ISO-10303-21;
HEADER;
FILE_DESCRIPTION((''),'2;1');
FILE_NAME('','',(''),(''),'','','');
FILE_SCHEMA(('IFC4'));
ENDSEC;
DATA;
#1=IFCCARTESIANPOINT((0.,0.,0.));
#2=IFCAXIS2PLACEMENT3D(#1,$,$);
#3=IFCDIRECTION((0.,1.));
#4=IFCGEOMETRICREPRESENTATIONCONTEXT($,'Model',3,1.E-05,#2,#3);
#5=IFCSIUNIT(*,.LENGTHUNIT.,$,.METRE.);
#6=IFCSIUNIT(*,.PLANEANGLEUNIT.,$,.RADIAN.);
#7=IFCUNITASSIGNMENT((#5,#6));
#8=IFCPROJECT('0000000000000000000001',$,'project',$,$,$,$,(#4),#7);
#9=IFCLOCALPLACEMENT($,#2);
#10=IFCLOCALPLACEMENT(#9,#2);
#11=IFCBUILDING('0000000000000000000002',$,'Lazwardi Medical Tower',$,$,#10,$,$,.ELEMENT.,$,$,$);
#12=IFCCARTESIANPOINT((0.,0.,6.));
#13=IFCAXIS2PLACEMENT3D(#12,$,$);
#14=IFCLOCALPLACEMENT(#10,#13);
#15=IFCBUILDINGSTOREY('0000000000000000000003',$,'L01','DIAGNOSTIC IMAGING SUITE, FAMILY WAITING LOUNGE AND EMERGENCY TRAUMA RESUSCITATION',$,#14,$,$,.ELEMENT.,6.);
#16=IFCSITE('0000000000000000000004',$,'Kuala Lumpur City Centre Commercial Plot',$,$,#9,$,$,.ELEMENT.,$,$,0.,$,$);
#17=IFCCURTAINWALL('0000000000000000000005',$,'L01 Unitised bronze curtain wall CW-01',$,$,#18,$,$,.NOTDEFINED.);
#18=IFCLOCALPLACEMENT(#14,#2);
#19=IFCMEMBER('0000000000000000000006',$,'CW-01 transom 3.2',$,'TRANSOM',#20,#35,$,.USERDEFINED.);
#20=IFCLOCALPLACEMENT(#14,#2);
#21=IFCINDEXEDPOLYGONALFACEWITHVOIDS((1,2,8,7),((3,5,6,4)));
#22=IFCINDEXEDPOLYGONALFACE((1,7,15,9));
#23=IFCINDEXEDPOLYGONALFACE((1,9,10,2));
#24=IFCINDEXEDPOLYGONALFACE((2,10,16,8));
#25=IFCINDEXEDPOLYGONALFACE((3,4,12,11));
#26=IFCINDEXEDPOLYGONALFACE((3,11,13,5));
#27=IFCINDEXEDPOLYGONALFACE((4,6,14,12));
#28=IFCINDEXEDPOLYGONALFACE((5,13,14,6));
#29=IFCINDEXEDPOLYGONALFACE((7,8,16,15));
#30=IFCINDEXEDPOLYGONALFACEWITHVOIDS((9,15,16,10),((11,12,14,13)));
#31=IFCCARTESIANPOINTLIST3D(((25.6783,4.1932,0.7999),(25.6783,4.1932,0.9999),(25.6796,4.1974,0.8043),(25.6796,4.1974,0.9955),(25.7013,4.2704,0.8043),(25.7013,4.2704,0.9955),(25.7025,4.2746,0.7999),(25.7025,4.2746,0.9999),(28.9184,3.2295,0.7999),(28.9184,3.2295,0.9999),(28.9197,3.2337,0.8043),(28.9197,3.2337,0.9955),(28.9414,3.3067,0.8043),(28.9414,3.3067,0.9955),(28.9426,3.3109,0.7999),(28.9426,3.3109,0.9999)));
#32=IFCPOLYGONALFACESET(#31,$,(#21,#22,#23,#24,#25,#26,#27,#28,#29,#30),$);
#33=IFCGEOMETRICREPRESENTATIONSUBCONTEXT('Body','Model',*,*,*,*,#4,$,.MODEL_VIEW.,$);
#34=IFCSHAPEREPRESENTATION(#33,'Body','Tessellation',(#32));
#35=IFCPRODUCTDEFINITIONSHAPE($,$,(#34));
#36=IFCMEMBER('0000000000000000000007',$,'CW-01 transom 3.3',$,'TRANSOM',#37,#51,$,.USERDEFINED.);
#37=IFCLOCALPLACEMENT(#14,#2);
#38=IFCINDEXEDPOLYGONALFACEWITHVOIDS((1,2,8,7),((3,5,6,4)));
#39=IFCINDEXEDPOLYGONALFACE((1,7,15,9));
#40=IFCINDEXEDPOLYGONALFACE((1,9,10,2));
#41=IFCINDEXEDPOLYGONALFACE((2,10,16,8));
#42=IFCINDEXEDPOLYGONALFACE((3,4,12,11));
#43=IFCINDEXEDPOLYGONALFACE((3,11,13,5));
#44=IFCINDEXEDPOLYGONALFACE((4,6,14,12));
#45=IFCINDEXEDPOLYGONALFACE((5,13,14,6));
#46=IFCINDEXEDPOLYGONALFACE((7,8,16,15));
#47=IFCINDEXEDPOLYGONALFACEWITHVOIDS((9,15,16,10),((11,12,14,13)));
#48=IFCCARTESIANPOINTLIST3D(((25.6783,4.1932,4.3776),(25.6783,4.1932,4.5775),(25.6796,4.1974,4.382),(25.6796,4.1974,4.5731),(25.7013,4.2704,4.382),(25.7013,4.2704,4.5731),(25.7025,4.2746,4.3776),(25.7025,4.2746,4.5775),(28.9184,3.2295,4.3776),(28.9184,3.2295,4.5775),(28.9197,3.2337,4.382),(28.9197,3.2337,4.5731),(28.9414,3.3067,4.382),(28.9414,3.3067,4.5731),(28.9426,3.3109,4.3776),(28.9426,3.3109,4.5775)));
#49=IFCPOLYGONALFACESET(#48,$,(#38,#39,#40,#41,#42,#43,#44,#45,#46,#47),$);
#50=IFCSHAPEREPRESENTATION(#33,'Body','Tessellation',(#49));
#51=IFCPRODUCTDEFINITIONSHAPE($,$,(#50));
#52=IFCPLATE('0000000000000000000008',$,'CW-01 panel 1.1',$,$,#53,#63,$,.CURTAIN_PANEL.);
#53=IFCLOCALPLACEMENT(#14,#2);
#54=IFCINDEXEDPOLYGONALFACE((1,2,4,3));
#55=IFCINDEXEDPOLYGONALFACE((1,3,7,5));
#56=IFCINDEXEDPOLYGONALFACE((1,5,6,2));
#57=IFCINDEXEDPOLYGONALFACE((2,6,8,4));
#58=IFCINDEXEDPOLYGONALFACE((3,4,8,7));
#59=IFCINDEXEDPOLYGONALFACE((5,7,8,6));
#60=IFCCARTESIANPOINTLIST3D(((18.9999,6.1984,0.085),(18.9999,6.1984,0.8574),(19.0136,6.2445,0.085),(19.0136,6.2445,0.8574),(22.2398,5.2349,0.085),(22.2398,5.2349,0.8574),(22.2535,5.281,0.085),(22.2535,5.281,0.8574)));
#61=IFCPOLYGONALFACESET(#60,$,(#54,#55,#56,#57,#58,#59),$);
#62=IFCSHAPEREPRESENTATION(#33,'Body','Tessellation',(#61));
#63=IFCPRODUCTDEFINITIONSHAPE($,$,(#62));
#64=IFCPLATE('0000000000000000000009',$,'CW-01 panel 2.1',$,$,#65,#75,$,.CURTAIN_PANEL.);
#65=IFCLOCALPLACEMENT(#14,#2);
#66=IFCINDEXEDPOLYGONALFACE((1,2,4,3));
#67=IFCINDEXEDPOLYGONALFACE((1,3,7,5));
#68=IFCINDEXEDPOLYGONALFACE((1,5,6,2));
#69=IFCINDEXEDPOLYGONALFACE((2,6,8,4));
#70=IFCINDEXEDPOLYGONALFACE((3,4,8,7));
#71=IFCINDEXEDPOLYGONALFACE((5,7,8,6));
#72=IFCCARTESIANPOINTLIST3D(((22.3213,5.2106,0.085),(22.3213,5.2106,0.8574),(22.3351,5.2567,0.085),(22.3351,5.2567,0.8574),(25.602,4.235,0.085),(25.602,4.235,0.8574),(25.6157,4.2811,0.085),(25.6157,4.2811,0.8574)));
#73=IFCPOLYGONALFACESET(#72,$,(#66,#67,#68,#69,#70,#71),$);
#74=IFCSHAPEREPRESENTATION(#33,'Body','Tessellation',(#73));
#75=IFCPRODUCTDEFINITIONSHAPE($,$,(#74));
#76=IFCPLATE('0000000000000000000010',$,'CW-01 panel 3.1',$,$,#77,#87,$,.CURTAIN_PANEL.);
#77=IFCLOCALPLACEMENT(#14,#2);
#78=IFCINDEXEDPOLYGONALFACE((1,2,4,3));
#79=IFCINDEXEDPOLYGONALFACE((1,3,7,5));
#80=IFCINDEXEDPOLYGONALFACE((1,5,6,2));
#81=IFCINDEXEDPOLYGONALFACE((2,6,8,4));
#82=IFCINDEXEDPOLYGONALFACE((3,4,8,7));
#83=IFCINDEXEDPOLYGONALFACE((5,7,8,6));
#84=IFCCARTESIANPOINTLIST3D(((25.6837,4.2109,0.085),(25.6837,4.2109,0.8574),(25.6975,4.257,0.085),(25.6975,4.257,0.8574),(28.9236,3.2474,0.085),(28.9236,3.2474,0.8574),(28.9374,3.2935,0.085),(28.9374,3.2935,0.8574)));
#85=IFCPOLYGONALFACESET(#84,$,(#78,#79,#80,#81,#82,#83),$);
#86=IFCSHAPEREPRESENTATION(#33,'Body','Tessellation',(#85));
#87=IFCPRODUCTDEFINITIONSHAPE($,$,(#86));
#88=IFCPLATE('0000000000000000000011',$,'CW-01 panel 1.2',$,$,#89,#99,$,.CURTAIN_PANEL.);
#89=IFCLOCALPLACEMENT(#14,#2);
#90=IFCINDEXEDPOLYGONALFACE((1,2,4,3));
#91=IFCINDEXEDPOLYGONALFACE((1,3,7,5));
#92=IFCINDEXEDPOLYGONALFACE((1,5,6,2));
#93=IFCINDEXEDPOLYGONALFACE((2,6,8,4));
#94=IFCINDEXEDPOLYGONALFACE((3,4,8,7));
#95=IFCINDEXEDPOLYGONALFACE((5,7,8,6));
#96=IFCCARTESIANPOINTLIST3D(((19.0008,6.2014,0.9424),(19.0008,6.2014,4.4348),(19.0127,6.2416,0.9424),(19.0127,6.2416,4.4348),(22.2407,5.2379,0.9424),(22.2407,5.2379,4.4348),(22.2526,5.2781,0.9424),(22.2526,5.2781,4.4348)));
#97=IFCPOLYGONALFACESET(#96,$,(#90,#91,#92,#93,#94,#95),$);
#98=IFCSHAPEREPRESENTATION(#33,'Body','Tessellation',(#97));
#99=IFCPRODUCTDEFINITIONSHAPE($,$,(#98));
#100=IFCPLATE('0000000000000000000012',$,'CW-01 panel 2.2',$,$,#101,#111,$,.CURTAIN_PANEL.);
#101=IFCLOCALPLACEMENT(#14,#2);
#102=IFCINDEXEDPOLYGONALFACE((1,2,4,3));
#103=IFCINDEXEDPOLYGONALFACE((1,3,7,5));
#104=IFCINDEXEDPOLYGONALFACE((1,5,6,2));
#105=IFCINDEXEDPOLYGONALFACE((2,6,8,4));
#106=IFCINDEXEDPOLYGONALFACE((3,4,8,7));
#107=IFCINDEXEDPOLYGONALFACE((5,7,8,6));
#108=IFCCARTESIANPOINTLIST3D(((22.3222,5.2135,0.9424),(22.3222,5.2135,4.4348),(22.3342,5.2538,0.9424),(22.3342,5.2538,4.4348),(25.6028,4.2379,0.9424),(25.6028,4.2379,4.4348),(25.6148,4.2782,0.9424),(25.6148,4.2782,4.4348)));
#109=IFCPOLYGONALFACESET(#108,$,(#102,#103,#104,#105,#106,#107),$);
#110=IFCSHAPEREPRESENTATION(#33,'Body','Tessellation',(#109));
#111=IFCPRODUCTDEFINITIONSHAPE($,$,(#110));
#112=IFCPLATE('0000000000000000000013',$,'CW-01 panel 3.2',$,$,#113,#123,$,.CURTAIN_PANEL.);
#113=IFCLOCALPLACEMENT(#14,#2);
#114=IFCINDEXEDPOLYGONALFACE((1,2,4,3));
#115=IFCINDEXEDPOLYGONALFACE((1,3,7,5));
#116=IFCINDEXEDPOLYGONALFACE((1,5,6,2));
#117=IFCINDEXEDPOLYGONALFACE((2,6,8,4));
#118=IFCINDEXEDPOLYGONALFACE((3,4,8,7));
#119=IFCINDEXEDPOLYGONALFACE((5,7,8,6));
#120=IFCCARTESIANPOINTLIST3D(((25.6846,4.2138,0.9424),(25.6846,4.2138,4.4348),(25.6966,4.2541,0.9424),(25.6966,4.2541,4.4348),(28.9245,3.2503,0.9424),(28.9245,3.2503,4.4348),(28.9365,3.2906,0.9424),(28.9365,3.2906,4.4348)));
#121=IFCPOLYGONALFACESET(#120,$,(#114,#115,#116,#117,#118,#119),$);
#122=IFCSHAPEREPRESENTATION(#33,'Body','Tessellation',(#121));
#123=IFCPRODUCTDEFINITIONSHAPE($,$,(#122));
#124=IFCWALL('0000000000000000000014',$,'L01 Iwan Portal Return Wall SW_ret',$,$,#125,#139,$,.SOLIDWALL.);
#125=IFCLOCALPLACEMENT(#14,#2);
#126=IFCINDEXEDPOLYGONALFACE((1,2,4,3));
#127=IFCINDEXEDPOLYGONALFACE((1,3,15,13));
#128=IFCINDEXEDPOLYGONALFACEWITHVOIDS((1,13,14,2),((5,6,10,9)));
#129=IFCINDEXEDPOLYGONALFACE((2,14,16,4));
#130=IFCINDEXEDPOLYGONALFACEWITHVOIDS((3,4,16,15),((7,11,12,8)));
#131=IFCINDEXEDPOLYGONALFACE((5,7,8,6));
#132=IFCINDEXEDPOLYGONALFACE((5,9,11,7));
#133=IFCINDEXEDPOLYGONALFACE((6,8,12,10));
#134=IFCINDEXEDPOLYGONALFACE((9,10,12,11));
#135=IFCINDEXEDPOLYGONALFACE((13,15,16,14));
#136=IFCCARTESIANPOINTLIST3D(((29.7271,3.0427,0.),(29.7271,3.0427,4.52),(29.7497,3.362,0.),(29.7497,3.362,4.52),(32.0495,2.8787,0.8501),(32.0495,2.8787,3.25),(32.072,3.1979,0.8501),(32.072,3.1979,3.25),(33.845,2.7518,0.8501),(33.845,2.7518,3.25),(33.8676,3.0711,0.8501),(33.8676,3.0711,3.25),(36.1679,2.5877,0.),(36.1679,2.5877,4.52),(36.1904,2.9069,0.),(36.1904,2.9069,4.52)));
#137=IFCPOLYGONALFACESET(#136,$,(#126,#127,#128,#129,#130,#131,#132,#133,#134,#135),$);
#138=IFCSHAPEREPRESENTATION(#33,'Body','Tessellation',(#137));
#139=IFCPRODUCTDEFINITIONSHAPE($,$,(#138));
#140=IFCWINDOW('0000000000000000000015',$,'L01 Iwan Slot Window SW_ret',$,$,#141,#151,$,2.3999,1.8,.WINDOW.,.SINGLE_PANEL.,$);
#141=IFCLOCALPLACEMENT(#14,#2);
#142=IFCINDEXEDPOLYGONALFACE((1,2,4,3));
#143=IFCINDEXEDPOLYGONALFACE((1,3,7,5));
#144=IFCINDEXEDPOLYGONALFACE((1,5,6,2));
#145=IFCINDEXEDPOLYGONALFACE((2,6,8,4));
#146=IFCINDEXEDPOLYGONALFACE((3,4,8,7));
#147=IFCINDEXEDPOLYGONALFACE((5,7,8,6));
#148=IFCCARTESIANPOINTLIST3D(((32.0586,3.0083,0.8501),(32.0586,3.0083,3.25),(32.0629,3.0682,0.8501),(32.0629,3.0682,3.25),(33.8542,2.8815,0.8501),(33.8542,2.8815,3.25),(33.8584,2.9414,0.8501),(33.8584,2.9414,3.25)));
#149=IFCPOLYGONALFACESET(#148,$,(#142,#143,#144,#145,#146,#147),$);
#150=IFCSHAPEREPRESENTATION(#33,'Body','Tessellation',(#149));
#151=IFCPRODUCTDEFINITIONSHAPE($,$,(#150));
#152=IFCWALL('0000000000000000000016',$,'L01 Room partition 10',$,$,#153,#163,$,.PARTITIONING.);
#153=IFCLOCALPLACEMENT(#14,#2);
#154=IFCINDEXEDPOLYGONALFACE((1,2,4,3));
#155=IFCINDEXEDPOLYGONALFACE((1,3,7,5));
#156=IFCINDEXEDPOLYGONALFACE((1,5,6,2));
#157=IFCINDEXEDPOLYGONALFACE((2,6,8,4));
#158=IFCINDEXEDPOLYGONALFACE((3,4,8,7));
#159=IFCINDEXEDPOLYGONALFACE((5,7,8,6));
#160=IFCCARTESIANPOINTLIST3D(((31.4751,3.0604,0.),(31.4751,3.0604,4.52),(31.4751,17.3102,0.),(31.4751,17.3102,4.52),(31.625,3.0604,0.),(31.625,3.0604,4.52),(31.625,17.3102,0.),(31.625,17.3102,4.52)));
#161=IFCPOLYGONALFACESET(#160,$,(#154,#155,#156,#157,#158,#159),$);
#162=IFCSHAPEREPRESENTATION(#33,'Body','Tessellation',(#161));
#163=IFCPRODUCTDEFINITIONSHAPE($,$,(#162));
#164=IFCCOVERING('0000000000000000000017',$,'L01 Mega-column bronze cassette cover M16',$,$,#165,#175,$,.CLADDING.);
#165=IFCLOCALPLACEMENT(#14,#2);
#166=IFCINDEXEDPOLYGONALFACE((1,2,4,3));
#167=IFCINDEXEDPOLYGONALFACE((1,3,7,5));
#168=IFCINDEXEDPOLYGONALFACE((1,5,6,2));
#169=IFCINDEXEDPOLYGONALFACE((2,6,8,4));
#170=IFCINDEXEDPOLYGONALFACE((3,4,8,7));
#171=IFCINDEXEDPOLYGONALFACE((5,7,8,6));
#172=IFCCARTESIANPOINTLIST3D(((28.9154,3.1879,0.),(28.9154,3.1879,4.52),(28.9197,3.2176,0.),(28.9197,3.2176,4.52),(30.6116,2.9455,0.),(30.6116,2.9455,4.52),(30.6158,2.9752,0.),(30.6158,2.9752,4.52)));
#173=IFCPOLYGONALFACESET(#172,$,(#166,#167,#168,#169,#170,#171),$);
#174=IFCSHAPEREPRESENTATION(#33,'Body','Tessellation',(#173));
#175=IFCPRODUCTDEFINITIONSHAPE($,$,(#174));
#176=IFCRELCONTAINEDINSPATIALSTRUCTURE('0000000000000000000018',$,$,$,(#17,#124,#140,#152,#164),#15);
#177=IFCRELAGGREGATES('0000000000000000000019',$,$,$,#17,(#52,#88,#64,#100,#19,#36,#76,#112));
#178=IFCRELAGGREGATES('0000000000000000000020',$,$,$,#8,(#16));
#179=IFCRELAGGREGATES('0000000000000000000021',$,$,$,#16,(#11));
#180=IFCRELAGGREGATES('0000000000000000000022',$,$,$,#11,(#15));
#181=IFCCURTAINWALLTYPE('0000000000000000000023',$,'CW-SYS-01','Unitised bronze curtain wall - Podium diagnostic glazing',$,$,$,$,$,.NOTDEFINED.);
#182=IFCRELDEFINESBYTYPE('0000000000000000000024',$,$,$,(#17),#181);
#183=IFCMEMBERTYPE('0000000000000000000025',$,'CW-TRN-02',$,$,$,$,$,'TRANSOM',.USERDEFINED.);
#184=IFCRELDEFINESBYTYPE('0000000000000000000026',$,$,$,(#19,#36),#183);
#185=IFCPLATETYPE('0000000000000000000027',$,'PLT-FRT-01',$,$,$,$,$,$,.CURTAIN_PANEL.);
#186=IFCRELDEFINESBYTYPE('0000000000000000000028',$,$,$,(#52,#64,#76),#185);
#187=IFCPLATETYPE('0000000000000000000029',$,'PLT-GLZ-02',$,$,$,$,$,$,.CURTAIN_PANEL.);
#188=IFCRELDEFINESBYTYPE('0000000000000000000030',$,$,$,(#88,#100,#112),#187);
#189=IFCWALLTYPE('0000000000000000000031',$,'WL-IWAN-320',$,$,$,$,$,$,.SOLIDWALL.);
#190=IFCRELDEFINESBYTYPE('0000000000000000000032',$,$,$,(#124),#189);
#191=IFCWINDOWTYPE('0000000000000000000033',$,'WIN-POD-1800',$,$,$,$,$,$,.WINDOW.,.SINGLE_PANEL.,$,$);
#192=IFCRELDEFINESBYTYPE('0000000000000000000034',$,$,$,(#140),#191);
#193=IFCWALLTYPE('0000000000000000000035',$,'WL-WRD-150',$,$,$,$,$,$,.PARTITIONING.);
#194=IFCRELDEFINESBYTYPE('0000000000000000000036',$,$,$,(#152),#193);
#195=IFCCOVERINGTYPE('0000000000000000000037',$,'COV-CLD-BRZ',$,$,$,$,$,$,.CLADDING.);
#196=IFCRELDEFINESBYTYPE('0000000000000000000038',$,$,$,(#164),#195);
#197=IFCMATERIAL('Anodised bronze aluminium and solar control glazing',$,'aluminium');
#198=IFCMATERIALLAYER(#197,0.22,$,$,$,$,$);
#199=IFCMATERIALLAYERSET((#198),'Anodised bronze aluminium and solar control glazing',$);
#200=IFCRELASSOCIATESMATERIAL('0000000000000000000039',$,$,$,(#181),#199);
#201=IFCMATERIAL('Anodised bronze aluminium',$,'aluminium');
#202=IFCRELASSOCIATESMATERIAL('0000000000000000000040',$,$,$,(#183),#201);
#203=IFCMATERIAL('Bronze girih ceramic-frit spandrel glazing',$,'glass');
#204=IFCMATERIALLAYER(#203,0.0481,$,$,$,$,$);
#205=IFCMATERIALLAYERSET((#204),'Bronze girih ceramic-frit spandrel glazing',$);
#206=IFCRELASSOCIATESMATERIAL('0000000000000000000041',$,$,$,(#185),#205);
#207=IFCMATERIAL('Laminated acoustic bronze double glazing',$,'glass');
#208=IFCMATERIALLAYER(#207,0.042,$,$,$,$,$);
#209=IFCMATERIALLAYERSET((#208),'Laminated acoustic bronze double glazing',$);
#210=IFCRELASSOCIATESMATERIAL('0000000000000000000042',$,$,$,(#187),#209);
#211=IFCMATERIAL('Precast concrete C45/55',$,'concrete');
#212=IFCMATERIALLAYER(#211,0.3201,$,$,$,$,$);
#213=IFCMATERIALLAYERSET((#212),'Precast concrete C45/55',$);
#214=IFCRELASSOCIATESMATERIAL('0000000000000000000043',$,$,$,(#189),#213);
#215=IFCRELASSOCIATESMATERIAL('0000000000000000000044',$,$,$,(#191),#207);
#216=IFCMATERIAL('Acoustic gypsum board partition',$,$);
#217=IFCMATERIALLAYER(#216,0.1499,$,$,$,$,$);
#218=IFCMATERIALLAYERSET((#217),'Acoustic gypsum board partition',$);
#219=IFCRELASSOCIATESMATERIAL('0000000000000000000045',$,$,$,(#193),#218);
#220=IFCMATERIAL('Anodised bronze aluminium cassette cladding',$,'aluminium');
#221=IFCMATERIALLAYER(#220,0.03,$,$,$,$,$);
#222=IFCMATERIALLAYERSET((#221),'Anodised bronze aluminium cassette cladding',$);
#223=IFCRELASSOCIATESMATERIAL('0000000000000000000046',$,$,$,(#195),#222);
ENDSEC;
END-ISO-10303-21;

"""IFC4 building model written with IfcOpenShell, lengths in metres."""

from ifc_helpers import new_model, si_unit, direction, frame, frame_2d, origin, origin_2d, place, context, subcontext, project, spatial, rectangle, hollow_rectangle, extrude, material, layer, layer_set, material_profile, profile_set, type_object, element, fill, aggregate, save


model = new_model("IFC4")

# Units and contexts
model_context = context("Model", 3, precision=1e-05, world=origin(), true_north=direction((0.0, 1.0)))
body_context = subcontext(model_context, "Body", "Model", "MODEL_VIEW")
ifc_project = project(units=[si_unit("LENGTHUNIT", "METRE"), si_unit("PLANEANGLEUNIT", "RADIAN")], contexts=[model_context])

# Site, building, storey
site_placement = place(None, origin())
site = spatial("IfcSite", under=ifc_project, at=site_placement, Name="Kuala Lumpur City Centre Commercial Plot", CompositionType="ELEMENT", RefElevation=0.0)
building_placement = place(site_placement, origin())
building = spatial("IfcBuilding", under=site, at=building_placement, Name="Lazwardi Medical Tower", CompositionType="ELEMENT")
storey_placement = place(building_placement, frame((0.0, 0.0, 6.0)))
storey = spatial("IfcBuildingStorey", under=building, at=storey_placement, Name="L01", Description="DIAGNOSTIC IMAGING SUITE, FAMILY WAITING LOUNGE AND EMERGENCY TRAUMA RESUSCITATION", CompositionType="ELEMENT", Elevation=6.0)

# Shared definitions
ifc_material_1 = material(Name="Anodised bronze aluminium and solar control glazing", Category="aluminium")
ifc_material_2 = material(Name="Anodised bronze aluminium", Category="aluminium")

# Curtain wall, members, plates
ifc_layer_1 = layer(ifc_material_1, 0.22)
ifc_layer_set_1 = layer_set([ifc_layer_1], Name="Anodised bronze aluminium and solar control glazing")
curtain_wall_type_1 = type_object("IfcCurtainWallType", Name="CW-SYS-01", Description="Unitised bronze curtain wall - Podium diagnostic glazing", PredefinedType="NOTDEFINED", material=ifc_layer_set_1)
curtain_wall_1_placement = place(storey_placement, origin())
curtain_wall_1 = element("IfcCurtainWall", 1, at=curtain_wall_1_placement, inside=storey, type_object=curtain_wall_type_1, Name="L01 Unitised bronze curtain wall CW-01", PredefinedType="NOTDEFINED")
ifc_material_profile_1 = material_profile(ifc_material_2, hollow_rectangle(XDim=0.085, YDim=0.2, WallThickness=0.0044, at=origin_2d()), Name="ALU-TRANSOM 200x85x4.5")
ifc_profile_set_1 = profile_set([ifc_material_profile_1], Name="Anodised bronze aluminium")
member_type_1 = type_object("IfcMemberType", Name="CW-TRN-02", ElementType="TRANSOM", PredefinedType="USERDEFINED", material=ifc_profile_set_1)
member_1_placement = place(storey_placement, frame((25.6904, 4.2339, 0.8999), z_axis=(0.958505, -0.285074, 0.0), x_axis=(0.285074, 0.958505, 0.0)))
member_1 = element("IfcMember", 2, at=member_1_placement, type_object=member_type_1, Name="CW-01 transom 3.2", ObjectType="TRANSOM", PredefinedType="USERDEFINED", context=body_context, shape_type="SweptSolid", body=[
    extrude(hollow_rectangle(XDim=0.085, YDim=0.2, WallThickness=0.0044, at=origin_2d()), origin(), (0.0, 0.0, 1.0), 3.3804),
])
member_2_placement = place(storey_placement, frame((25.6904, 4.2339, 4.4775), z_axis=(0.958505, -0.285074, 0.0), x_axis=(0.285074, 0.958505, 0.0)))
member_2 = element("IfcMember", 3, at=member_2_placement, type_object=member_type_1, Name="CW-01 transom 3.3", ObjectType="TRANSOM", PredefinedType="USERDEFINED", context=body_context, shape_type="SweptSolid", body=[
    extrude(hollow_rectangle(XDim=0.085, YDim=0.2, WallThickness=0.0044, at=origin_2d()), origin(), (0.0, 0.0, 1.0), 3.3804),
])
ifc_material_3 = material(Name="Bronze girih ceramic-frit spandrel glazing", Category="glass")
ifc_layer_2 = layer(ifc_material_3, 0.0481)
ifc_layer_set_2 = layer_set([ifc_layer_2], Name="Bronze girih ceramic-frit spandrel glazing")
plate_type_1 = type_object("IfcPlateType", Name="PLT-FRT-01", PredefinedType="CURTAIN_PANEL", material=ifc_layer_set_2)
plate_1_placement = place(storey_placement, frame((20.6267, 5.7397, 0.085), z_axis=(0.0, 0.0, 1.0), x_axis=(0.958513, -0.285047, 0.0)))
plate_1 = element("IfcPlate", 4, at=plate_1_placement, type_object=plate_type_1, Name="CW-01 panel 1.1", PredefinedType="CURTAIN_PANEL", context=body_context, shape_type="SweptSolid", body=[
    extrude(rectangle(XDim=3.3801, YDim=0.0481, at=origin_2d()), origin(), (0.0, 0.0, 1.0), 0.7725),
])
plate_2_placement = place(storey_placement, frame((23.9685, 4.7458, 0.085), z_axis=(0.0, 0.0, 1.0), x_axis=(0.958513, -0.285047, 0.0)))
plate_2 = element("IfcPlate", 5, at=plate_2_placement, type_object=plate_type_1, Name="CW-01 panel 2.1", PredefinedType="CURTAIN_PANEL", context=body_context, shape_type="SweptSolid", body=[
    extrude(rectangle(XDim=3.4226, YDim=0.0481, at=origin_2d()), origin(), (0.0, 0.0, 1.0), 0.7725),
])
plate_3_placement = place(storey_placement, frame((27.3105, 3.7522, 0.085), z_axis=(0.0, 0.0, 1.0), x_axis=(0.958513, -0.285047, 0.0)))
plate_3 = element("IfcPlate", 6, at=plate_3_placement, type_object=plate_type_1, Name="CW-01 panel 3.1", PredefinedType="CURTAIN_PANEL", context=body_context, shape_type="SweptSolid", body=[
    extrude(rectangle(XDim=3.3801, YDim=0.0481, at=origin_2d()), origin(), (0.0, 0.0, 1.0), 0.7725),
])
ifc_material_4 = material(Name="Laminated acoustic bronze double glazing", Category="glass")
ifc_layer_3 = layer(ifc_material_4, 0.042)
ifc_layer_set_3 = layer_set([ifc_layer_3], Name="Laminated acoustic bronze double glazing")
plate_type_2 = type_object("IfcPlateType", Name="PLT-GLZ-02", PredefinedType="CURTAIN_PANEL", material=ifc_layer_set_3)
plate_4_placement = place(storey_placement, frame((20.6267, 5.7397, 0.9424), z_axis=(0.0, 0.0, 1.0), x_axis=(0.958513, -0.285047, 0.0)))
plate_4 = element("IfcPlate", 7, at=plate_4_placement, type_object=plate_type_2, Name="CW-01 panel 1.2", PredefinedType="CURTAIN_PANEL", context=body_context, shape_type="SweptSolid", body=[
    extrude(rectangle(XDim=3.3801, YDim=0.042, at=origin_2d()), origin(), (0.0, 0.0, 1.0), 3.4924),
])
plate_5_placement = place(storey_placement, frame((23.9685, 4.7458, 0.9424), z_axis=(0.0, 0.0, 1.0), x_axis=(0.958513, -0.285047, 0.0)))
plate_5 = element("IfcPlate", 8, at=plate_5_placement, type_object=plate_type_2, Name="CW-01 panel 2.2", PredefinedType="CURTAIN_PANEL", context=body_context, shape_type="SweptSolid", body=[
    extrude(rectangle(XDim=3.4226, YDim=0.042, at=origin_2d()), origin(), (0.0, 0.0, 1.0), 3.4924),
])
plate_6_placement = place(storey_placement, frame((27.3105, 3.7522, 0.9424), z_axis=(0.0, 0.0, 1.0), x_axis=(0.958513, -0.285047, 0.0)))
plate_6 = element("IfcPlate", 9, at=plate_6_placement, type_object=plate_type_2, Name="CW-01 panel 3.2", PredefinedType="CURTAIN_PANEL", context=body_context, shape_type="SweptSolid", body=[
    extrude(rectangle(XDim=3.3801, YDim=0.042, at=origin_2d()), origin(), (0.0, 0.0, 1.0), 3.4924),
])
aggregate(curtain_wall_1, [plate_1, plate_4, plate_2, plate_5, member_1, member_2, plate_3, plate_6])

# Wall, opening, window
ifc_material_5 = material(Name="Precast concrete C45/55", Category="concrete")
ifc_layer_4 = layer(ifc_material_5, 0.3201)
ifc_layer_set_4 = layer_set([ifc_layer_4], Name="Precast concrete C45/55")
wall_type_1 = type_object("IfcWallType", Name="WL-IWAN-320", PredefinedType="SOLIDWALL", material=ifc_layer_set_4)
wall_1_placement = place(storey_placement, frame((29.7383, 3.2024, 0.0), z_axis=(0.0, 0.0, 1.0), x_axis=(0.997513, -0.070481, 0.0)))
wall_1 = element("IfcWall", 10, at=wall_1_placement, inside=storey, type_object=wall_type_1, Name="L01 Iwan Portal Return Wall SW_ret", PredefinedType="SOLIDWALL", context=body_context, shape_type="SweptSolid", body=[
    extrude(rectangle(XDim=6.4568, YDim=0.3201, at=frame_2d((3.2285, 0.0))), origin(), (0.0, 0.0, 1.0), 4.52),
])
opening_placement = place(wall_1_placement, frame((2.3284, 0.0, 0.8501)))
opening = element("IfcOpeningElement", 11, at=opening_placement, cuts=wall_1, PredefinedType="OPENING", context=body_context, shape_type="SweptSolid", body=[
    extrude(rectangle(XDim=1.8, YDim=2.3999, at=frame_2d((0.8999, 1.2))), frame((0.0, 0.1699, 0.0), z_axis=(0.0, -1.0, 0.0), x_axis=(1.0, 0.0, 0.0)), (0.0, 0.0, 1.0), 0.3401),
])
window_type = type_object("IfcWindowType", Name="WIN-POD-1800", PartitioningType="SINGLE_PANEL", PredefinedType="WINDOW", material=ifc_material_4)
window_placement = place(opening_placement, origin())
window = element("IfcWindow", 12, at=window_placement, inside=storey, type_object=window_type, Name="L01 Iwan Slot Window SW_ret", OverallHeight=2.3999, OverallWidth=1.8, PartitioningType="SINGLE_PANEL", PredefinedType="WINDOW", context=body_context, shape_type="SweptSolid", body=[
    extrude(rectangle(XDim=1.8, YDim=2.3999, at=frame_2d((0.8999, 1.2))), frame((0.0, 0.03, 0.0), z_axis=(0.0, -1.0, 0.0), x_axis=(1.0, 0.0, 0.0)), (0.0, 0.0, 1.0), 0.0601),
])
fill(opening, window)

# Wall
ifc_material_6 = material(Name="Acoustic gypsum board partition")
ifc_layer_5 = layer(ifc_material_6, 0.1499)
ifc_layer_set_5 = layer_set([ifc_layer_5], Name="Acoustic gypsum board partition")
wall_type_2 = type_object("IfcWallType", Name="WL-WRD-150", PredefinedType="PARTITIONING", material=ifc_layer_set_5)
wall_2_placement = place(storey_placement, frame((31.55, 3.0603, 0.0), z_axis=(0.0, 0.0, 1.0), x_axis=(0.0, 1.0, 0.0)))
element("IfcWall", 13, at=wall_2_placement, inside=storey, type_object=wall_type_2, Name="L01 Room partition 10", PredefinedType="PARTITIONING", context=body_context, shape_type="SweptSolid", body=[
    extrude(rectangle(XDim=14.2498, YDim=0.1499, at=frame_2d((7.125, 0.0))), origin(), (0.0, 0.0, 1.0), 4.52),
])

# Covering
ifc_material_7 = material(Name="Anodised bronze aluminium cassette cladding", Category="aluminium")
ifc_layer_6 = layer(ifc_material_7, 0.03)
ifc_layer_set_6 = layer_set([ifc_layer_6], Name="Anodised bronze aluminium cassette cladding")
covering_type_1 = type_object("IfcCoveringType", Name="COV-CLD-BRZ", PredefinedType="CLADDING", material=ifc_layer_set_6)
covering_1_placement = place(storey_placement, frame((29.7656, 3.0815, 0.0), z_axis=(0.0, 0.0, 1.0), x_axis=(0.989943, -0.14147, 0.0)))
element("IfcCovering", 14, at=covering_1_placement, inside=storey, type_object=covering_type_1, Name="L01 Mega-column bronze cassette cover M16", PredefinedType="CLADDING", context=body_context, shape_type="SweptSolid", body=[
    extrude(rectangle(XDim=1.7134, YDim=0.03, at=origin_2d()), origin(), (0.0, 0.0, 1.0), 4.52),
])

save(model, "model.ifc")
